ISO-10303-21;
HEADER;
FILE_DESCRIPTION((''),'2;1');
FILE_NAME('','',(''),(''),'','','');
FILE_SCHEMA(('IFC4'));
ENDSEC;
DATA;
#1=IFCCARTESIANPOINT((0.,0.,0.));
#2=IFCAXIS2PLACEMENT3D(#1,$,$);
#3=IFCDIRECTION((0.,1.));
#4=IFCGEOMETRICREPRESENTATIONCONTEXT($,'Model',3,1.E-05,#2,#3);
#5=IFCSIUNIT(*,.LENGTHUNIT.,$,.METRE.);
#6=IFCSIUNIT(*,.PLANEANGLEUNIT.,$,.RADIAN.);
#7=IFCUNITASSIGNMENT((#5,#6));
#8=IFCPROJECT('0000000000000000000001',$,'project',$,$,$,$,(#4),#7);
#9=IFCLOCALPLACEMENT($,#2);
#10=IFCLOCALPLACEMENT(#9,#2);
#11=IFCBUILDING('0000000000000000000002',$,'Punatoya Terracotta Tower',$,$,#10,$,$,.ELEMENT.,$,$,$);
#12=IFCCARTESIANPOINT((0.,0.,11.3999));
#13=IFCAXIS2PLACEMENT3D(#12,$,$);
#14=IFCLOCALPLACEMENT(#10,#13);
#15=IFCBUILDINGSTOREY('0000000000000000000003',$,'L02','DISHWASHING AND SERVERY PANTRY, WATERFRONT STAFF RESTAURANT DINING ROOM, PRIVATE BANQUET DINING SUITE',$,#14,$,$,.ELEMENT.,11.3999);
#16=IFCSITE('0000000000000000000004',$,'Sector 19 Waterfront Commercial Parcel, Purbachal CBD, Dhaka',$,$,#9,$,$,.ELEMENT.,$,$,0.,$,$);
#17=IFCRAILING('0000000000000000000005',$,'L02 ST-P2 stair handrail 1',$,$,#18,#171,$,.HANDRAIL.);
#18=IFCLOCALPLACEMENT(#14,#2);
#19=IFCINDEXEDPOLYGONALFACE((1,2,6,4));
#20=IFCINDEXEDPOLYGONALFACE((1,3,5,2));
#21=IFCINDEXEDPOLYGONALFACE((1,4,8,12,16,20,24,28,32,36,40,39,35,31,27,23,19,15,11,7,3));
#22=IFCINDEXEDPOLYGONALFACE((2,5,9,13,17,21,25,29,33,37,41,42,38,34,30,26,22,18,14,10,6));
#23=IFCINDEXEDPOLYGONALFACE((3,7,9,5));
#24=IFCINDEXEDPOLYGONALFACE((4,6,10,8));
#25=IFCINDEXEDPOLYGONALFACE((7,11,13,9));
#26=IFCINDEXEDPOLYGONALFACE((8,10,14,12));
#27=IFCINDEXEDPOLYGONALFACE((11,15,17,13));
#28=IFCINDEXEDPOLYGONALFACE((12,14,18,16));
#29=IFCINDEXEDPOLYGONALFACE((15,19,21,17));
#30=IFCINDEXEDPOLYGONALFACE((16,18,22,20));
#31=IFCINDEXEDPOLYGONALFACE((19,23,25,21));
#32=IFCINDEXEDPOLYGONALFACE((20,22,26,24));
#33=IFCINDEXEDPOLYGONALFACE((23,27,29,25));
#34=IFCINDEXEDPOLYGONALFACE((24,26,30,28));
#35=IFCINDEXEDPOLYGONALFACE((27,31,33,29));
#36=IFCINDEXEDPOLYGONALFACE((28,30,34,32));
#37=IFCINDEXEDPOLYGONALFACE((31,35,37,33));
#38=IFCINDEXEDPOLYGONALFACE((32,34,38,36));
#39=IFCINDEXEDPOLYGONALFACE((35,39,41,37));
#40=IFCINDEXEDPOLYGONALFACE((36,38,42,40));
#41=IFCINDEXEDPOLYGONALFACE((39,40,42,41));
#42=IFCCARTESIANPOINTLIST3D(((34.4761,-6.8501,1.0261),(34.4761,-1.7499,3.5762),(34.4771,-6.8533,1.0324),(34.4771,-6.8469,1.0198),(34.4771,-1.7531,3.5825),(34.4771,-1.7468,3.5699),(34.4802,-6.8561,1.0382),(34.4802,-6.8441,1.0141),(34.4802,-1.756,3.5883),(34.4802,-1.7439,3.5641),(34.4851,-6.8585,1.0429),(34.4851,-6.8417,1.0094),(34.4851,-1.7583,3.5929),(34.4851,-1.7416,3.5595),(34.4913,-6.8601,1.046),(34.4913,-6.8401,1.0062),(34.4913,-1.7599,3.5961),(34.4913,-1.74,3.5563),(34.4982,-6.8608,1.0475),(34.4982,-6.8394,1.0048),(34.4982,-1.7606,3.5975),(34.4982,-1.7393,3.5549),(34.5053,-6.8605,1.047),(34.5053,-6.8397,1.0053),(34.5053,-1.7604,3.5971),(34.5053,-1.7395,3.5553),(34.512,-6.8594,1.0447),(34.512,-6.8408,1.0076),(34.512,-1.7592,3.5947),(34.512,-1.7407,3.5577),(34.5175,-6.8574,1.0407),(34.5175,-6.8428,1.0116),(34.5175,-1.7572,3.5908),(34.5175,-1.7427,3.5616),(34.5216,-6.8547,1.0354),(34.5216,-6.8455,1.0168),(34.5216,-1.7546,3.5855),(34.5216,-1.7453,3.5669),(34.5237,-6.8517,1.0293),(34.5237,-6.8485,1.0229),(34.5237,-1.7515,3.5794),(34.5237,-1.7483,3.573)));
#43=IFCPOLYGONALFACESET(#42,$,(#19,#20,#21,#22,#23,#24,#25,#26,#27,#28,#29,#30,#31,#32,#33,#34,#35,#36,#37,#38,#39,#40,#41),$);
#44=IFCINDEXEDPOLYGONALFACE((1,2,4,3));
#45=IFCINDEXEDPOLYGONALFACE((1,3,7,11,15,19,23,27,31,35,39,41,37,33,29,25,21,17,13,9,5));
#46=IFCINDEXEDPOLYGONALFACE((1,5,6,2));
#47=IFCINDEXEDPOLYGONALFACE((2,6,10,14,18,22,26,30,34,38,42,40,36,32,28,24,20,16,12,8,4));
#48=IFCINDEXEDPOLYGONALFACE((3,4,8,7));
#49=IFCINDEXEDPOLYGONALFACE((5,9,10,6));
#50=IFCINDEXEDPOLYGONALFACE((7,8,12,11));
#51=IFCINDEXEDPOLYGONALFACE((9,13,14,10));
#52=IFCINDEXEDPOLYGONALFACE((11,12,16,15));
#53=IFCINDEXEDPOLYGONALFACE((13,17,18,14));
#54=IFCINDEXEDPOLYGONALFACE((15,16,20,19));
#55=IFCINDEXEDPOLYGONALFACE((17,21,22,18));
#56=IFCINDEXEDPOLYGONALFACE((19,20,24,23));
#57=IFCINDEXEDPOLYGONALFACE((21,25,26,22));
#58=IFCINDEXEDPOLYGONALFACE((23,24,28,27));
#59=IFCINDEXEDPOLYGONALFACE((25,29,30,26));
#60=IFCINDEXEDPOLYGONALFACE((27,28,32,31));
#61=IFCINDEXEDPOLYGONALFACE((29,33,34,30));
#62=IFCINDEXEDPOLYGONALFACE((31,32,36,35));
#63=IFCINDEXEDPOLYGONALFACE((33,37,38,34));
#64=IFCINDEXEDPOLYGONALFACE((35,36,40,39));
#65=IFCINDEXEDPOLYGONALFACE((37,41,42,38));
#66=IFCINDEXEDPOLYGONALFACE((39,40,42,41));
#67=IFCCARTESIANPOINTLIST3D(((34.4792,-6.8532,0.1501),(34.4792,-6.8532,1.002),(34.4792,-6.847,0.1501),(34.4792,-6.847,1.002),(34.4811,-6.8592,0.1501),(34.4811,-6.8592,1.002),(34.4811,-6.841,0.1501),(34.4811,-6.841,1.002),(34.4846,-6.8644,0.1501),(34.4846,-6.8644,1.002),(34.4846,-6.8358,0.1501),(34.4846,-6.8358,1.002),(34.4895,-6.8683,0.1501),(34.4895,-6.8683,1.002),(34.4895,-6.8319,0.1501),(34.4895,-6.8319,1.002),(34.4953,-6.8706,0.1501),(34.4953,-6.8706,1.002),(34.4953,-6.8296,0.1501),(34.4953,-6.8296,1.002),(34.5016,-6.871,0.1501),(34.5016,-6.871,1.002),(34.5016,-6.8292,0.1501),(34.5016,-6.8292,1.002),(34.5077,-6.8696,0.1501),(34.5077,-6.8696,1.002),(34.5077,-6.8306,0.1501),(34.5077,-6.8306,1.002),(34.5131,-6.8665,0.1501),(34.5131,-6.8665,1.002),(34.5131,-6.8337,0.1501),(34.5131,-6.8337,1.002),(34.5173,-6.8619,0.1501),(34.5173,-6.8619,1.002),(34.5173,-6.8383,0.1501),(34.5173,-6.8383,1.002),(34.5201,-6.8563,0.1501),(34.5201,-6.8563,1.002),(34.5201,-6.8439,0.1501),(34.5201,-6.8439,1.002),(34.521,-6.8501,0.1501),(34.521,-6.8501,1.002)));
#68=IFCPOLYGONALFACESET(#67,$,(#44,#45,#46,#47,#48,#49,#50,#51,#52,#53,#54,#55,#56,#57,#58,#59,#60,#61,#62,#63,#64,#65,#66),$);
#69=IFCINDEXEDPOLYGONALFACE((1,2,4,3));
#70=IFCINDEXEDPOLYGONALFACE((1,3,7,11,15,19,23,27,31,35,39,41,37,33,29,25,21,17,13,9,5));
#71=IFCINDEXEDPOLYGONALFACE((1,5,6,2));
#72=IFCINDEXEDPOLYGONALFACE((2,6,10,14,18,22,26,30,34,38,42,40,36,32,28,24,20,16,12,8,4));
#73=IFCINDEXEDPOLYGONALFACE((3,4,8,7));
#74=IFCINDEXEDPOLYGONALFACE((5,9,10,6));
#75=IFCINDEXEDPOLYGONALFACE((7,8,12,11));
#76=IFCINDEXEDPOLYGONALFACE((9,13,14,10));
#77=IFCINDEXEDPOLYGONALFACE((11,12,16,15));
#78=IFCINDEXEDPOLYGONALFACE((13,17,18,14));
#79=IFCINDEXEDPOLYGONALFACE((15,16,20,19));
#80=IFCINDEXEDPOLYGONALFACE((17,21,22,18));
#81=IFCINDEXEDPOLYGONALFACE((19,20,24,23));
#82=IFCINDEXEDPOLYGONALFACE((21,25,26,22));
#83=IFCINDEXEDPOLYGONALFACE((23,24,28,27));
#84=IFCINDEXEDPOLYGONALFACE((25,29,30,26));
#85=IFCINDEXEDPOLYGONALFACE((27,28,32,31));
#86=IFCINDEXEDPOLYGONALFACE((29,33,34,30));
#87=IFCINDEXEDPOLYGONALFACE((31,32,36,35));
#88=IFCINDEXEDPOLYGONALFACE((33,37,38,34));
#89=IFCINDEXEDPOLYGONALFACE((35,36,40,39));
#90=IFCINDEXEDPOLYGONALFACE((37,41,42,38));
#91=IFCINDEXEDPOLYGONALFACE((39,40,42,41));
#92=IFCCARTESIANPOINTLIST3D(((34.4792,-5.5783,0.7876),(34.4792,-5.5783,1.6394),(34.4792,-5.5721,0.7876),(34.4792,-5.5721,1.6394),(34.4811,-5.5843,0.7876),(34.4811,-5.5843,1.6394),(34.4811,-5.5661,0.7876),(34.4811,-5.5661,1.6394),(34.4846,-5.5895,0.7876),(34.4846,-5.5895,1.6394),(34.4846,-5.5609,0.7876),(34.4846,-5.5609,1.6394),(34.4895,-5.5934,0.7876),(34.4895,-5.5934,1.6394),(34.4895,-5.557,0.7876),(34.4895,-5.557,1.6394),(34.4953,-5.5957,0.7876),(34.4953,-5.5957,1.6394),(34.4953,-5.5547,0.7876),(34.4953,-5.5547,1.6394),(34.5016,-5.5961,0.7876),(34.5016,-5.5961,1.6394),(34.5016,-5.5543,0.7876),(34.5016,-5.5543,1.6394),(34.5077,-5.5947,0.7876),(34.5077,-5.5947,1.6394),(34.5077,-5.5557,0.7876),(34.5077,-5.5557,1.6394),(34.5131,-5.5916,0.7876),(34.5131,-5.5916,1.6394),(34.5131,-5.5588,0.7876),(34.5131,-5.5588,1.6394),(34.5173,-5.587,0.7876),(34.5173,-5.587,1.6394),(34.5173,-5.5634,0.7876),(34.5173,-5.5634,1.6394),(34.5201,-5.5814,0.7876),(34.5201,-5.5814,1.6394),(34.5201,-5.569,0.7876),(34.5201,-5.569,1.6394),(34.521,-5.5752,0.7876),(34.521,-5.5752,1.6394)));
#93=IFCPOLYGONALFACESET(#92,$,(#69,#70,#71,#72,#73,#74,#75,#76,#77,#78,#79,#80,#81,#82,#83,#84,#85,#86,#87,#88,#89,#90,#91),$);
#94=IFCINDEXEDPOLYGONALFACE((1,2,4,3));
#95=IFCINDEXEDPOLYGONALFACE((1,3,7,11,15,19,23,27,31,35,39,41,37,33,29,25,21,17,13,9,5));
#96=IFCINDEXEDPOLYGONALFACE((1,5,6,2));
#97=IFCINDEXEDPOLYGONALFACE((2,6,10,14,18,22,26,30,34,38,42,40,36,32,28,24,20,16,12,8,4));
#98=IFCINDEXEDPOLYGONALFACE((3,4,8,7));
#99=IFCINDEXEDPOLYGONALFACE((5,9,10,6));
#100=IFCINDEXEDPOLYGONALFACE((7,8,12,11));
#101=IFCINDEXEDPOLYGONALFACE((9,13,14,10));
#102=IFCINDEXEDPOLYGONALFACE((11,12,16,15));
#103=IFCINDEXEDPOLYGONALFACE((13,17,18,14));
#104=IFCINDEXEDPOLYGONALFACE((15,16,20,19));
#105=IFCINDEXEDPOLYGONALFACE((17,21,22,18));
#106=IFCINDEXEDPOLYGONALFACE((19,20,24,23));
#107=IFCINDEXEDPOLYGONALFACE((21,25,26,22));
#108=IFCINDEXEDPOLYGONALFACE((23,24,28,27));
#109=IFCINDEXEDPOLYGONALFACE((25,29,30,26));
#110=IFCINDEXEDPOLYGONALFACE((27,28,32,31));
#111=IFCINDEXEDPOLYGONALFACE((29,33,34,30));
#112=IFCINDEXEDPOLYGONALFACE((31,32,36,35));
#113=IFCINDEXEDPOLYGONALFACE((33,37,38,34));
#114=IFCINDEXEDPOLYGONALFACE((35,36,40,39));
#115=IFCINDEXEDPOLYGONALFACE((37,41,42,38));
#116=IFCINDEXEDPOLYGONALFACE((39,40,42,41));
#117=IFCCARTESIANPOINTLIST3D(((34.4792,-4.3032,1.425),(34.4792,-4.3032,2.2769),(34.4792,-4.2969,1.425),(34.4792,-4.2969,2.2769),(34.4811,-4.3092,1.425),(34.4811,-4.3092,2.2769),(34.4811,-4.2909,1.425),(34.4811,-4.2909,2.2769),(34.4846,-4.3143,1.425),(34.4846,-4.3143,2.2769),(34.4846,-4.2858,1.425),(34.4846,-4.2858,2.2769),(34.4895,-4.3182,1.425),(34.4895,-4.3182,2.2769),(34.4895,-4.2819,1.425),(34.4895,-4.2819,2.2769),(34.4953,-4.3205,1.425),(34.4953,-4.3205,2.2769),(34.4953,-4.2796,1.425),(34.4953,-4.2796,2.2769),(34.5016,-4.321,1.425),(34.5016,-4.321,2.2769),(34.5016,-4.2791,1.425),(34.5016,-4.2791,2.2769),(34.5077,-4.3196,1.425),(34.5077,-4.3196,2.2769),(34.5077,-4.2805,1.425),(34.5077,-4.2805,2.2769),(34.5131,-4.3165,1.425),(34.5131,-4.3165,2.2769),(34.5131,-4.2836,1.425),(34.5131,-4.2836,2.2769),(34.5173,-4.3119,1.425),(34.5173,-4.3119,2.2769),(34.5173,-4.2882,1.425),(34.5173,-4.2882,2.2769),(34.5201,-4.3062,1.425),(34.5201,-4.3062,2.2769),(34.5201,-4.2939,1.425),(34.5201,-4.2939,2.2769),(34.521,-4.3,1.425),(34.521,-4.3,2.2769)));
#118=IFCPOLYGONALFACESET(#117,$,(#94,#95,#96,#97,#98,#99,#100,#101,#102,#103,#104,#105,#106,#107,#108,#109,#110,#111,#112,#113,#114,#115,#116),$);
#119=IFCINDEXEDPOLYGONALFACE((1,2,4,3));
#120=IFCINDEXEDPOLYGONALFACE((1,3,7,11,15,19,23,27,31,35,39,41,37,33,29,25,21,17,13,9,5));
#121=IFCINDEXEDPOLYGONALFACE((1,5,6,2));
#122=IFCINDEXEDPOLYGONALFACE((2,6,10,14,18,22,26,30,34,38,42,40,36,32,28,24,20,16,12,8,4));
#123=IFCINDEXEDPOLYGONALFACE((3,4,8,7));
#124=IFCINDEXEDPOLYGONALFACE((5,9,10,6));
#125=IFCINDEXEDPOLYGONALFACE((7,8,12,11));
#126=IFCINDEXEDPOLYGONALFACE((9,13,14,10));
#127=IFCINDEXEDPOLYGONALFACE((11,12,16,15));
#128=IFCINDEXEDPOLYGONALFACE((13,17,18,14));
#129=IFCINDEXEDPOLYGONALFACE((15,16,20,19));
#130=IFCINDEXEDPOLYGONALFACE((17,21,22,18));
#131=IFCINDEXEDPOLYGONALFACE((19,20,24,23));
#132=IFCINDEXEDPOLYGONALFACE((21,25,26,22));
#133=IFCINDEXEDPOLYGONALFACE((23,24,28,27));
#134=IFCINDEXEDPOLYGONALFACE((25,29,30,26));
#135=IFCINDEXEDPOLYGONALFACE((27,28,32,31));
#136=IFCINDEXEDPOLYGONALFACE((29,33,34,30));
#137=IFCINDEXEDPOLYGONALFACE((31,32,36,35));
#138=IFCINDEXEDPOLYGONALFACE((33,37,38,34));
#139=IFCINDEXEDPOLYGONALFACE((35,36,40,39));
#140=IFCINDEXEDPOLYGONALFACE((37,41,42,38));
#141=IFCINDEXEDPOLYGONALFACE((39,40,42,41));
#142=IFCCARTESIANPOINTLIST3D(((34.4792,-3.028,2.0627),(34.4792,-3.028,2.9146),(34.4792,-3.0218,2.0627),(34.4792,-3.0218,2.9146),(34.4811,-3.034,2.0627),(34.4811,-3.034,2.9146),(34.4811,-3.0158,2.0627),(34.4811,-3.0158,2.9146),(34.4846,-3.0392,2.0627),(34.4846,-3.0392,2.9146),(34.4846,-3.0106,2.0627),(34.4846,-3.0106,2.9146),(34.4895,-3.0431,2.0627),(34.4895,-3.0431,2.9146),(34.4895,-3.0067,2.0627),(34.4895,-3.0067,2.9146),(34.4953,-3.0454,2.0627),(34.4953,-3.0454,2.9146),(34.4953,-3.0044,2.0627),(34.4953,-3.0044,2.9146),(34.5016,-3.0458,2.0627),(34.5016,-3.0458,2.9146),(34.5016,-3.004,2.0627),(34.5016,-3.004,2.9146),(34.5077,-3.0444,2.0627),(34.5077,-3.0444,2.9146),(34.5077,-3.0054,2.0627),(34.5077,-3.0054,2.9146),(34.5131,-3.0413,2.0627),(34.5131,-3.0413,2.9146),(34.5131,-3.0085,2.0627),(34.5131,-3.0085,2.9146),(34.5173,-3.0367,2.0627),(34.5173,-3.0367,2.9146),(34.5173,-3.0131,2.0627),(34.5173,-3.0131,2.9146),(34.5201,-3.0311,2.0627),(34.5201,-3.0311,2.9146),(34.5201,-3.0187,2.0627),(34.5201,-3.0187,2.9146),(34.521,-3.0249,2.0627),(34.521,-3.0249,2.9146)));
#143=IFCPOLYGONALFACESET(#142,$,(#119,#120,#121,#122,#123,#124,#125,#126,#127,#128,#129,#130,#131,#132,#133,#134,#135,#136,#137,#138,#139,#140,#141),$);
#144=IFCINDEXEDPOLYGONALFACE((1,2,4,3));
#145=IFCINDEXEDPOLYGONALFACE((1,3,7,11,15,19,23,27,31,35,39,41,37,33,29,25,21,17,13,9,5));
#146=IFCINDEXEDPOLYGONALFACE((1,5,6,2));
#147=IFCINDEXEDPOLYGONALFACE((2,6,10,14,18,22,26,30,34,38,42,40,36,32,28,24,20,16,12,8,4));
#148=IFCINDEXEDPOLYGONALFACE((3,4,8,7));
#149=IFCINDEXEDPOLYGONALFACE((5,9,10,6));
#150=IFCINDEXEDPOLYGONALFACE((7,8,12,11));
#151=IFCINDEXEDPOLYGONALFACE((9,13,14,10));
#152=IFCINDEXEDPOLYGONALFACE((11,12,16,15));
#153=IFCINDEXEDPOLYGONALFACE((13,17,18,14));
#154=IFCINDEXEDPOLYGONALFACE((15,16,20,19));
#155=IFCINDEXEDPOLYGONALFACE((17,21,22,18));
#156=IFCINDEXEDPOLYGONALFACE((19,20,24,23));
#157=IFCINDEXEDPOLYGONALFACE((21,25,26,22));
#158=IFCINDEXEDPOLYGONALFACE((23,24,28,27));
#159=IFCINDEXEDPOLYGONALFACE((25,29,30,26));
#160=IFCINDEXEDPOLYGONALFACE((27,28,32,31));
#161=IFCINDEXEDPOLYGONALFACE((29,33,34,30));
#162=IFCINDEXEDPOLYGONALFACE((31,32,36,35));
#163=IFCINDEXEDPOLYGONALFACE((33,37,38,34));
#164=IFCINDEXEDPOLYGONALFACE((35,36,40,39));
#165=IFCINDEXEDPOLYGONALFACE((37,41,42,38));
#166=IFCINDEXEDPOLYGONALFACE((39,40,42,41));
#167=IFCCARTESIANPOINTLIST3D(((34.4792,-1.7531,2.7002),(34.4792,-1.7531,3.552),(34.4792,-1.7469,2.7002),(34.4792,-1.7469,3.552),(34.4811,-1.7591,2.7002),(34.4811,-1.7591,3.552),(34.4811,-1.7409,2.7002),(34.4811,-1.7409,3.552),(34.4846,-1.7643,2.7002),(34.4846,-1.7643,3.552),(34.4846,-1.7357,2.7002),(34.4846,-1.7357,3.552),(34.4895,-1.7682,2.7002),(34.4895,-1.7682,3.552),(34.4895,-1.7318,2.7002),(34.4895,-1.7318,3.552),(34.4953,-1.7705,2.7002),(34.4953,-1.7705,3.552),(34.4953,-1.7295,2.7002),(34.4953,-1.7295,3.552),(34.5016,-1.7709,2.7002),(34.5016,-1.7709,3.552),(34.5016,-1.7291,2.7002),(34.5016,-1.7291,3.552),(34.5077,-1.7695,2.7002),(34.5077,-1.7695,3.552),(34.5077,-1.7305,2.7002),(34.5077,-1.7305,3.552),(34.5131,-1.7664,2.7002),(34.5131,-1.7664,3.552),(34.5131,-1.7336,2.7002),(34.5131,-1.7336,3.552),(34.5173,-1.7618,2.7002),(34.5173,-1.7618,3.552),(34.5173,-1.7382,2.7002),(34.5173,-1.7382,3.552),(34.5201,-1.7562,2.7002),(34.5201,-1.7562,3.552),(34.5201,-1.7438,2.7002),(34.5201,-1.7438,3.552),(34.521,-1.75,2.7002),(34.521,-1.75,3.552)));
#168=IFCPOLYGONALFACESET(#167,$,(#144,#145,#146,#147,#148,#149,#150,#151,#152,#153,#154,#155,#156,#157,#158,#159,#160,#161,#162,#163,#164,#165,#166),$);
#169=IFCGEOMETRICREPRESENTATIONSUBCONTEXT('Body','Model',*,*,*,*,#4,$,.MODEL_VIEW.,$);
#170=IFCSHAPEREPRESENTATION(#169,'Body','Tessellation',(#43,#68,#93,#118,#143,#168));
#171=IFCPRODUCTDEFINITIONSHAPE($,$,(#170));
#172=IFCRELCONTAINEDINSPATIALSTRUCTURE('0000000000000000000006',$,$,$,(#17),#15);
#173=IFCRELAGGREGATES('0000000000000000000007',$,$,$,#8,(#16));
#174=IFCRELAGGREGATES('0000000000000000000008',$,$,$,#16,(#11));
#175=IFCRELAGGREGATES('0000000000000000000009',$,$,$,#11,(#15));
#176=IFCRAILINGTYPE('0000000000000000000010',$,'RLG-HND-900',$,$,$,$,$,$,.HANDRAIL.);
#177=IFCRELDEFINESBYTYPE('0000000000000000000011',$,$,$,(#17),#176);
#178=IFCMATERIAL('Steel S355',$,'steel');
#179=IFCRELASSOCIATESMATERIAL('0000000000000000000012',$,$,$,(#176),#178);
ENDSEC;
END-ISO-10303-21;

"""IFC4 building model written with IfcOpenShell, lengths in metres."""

from ifc_helpers import new_model, si_unit, direction, frame, origin, origin_2d, place, context, subcontext, project, spatial, circle, extrude, material, type_object, element, save


model = new_model("IFC4")

# Units and contexts
model_context = context("Model", 3, precision=1e-05, world=origin(), true_north=direction((0.0, 1.0)))
body_context = subcontext(model_context, "Body", "Model", "MODEL_VIEW")
ifc_project = project(units=[si_unit("LENGTHUNIT", "METRE"), si_unit("PLANEANGLEUNIT", "RADIAN")], contexts=[model_context])

# Site, building, storey
site_placement = place(None, origin())
site = spatial("IfcSite", under=ifc_project, at=site_placement, Name="Sector 19 Waterfront Commercial Parcel, Purbachal CBD, Dhaka", CompositionType="ELEMENT", RefElevation=0.0)
building_placement = place(site_placement, origin())
building = spatial("IfcBuilding", under=site, at=building_placement, Name="Punatoya Terracotta Tower", CompositionType="ELEMENT")
storey_placement = place(building_placement, frame((0.0, 0.0, 11.3999)))
storey = spatial("IfcBuildingStorey", under=building, at=storey_placement, Name="L02", Description="DISHWASHING AND SERVERY PANTRY, WATERFRONT STAFF RESTAURANT DINING ROOM, PRIVATE BANQUET DINING SUITE", CompositionType="ELEMENT", Elevation=11.3999)

# Shared definitions
ifc_material_1 = material(Name="Steel S355", Category="steel")

# Railing
railing_type_1 = type_object("IfcRailingType", Name="RLG-HND-900", PredefinedType="HANDRAIL", material=ifc_material_1)
railing_1_placement = place(storey_placement, frame((34.5, -6.8501, 0.1501)))
element("IfcRailing", 1, at=railing_1_placement, inside=storey, type_object=railing_type_1, Name="L02 ST-P2 stair handrail 1", PredefinedType="HANDRAIL", context=body_context, shape_type="SweptSolid", body=[
    extrude(circle(Radius=0.0239, at=origin_2d()), frame((0.0, 0.0, 0.876), z_axis=(0.0, 0.894427, 0.447214), x_axis=(-1.0, 0.0, 0.0)), (0.0, 0.0, 1.0), 5.7021),
    extrude(circle(Radius=0.021, at=origin_2d()), origin(), (0.0, 0.0, 1.0), 0.8518),
    extrude(circle(Radius=0.021, at=origin_2d()), frame((0.0, 1.2749, 0.6375)), (0.0, 0.0, 1.0), 0.8518),
    extrude(circle(Radius=0.021, at=origin_2d()), frame((0.0, 2.55, 1.2749)), (0.0, 0.0, 1.0), 0.8518),
    extrude(circle(Radius=0.021, at=origin_2d()), frame((0.0, 3.8252, 1.9126)), (0.0, 0.0, 1.0), 0.8518),
    extrude(circle(Radius=0.021, at=origin_2d()), frame((0.0, 5.1001, 2.55)), (0.0, 0.0, 1.0), 0.8518),
])

save(model, "model.ifc")
